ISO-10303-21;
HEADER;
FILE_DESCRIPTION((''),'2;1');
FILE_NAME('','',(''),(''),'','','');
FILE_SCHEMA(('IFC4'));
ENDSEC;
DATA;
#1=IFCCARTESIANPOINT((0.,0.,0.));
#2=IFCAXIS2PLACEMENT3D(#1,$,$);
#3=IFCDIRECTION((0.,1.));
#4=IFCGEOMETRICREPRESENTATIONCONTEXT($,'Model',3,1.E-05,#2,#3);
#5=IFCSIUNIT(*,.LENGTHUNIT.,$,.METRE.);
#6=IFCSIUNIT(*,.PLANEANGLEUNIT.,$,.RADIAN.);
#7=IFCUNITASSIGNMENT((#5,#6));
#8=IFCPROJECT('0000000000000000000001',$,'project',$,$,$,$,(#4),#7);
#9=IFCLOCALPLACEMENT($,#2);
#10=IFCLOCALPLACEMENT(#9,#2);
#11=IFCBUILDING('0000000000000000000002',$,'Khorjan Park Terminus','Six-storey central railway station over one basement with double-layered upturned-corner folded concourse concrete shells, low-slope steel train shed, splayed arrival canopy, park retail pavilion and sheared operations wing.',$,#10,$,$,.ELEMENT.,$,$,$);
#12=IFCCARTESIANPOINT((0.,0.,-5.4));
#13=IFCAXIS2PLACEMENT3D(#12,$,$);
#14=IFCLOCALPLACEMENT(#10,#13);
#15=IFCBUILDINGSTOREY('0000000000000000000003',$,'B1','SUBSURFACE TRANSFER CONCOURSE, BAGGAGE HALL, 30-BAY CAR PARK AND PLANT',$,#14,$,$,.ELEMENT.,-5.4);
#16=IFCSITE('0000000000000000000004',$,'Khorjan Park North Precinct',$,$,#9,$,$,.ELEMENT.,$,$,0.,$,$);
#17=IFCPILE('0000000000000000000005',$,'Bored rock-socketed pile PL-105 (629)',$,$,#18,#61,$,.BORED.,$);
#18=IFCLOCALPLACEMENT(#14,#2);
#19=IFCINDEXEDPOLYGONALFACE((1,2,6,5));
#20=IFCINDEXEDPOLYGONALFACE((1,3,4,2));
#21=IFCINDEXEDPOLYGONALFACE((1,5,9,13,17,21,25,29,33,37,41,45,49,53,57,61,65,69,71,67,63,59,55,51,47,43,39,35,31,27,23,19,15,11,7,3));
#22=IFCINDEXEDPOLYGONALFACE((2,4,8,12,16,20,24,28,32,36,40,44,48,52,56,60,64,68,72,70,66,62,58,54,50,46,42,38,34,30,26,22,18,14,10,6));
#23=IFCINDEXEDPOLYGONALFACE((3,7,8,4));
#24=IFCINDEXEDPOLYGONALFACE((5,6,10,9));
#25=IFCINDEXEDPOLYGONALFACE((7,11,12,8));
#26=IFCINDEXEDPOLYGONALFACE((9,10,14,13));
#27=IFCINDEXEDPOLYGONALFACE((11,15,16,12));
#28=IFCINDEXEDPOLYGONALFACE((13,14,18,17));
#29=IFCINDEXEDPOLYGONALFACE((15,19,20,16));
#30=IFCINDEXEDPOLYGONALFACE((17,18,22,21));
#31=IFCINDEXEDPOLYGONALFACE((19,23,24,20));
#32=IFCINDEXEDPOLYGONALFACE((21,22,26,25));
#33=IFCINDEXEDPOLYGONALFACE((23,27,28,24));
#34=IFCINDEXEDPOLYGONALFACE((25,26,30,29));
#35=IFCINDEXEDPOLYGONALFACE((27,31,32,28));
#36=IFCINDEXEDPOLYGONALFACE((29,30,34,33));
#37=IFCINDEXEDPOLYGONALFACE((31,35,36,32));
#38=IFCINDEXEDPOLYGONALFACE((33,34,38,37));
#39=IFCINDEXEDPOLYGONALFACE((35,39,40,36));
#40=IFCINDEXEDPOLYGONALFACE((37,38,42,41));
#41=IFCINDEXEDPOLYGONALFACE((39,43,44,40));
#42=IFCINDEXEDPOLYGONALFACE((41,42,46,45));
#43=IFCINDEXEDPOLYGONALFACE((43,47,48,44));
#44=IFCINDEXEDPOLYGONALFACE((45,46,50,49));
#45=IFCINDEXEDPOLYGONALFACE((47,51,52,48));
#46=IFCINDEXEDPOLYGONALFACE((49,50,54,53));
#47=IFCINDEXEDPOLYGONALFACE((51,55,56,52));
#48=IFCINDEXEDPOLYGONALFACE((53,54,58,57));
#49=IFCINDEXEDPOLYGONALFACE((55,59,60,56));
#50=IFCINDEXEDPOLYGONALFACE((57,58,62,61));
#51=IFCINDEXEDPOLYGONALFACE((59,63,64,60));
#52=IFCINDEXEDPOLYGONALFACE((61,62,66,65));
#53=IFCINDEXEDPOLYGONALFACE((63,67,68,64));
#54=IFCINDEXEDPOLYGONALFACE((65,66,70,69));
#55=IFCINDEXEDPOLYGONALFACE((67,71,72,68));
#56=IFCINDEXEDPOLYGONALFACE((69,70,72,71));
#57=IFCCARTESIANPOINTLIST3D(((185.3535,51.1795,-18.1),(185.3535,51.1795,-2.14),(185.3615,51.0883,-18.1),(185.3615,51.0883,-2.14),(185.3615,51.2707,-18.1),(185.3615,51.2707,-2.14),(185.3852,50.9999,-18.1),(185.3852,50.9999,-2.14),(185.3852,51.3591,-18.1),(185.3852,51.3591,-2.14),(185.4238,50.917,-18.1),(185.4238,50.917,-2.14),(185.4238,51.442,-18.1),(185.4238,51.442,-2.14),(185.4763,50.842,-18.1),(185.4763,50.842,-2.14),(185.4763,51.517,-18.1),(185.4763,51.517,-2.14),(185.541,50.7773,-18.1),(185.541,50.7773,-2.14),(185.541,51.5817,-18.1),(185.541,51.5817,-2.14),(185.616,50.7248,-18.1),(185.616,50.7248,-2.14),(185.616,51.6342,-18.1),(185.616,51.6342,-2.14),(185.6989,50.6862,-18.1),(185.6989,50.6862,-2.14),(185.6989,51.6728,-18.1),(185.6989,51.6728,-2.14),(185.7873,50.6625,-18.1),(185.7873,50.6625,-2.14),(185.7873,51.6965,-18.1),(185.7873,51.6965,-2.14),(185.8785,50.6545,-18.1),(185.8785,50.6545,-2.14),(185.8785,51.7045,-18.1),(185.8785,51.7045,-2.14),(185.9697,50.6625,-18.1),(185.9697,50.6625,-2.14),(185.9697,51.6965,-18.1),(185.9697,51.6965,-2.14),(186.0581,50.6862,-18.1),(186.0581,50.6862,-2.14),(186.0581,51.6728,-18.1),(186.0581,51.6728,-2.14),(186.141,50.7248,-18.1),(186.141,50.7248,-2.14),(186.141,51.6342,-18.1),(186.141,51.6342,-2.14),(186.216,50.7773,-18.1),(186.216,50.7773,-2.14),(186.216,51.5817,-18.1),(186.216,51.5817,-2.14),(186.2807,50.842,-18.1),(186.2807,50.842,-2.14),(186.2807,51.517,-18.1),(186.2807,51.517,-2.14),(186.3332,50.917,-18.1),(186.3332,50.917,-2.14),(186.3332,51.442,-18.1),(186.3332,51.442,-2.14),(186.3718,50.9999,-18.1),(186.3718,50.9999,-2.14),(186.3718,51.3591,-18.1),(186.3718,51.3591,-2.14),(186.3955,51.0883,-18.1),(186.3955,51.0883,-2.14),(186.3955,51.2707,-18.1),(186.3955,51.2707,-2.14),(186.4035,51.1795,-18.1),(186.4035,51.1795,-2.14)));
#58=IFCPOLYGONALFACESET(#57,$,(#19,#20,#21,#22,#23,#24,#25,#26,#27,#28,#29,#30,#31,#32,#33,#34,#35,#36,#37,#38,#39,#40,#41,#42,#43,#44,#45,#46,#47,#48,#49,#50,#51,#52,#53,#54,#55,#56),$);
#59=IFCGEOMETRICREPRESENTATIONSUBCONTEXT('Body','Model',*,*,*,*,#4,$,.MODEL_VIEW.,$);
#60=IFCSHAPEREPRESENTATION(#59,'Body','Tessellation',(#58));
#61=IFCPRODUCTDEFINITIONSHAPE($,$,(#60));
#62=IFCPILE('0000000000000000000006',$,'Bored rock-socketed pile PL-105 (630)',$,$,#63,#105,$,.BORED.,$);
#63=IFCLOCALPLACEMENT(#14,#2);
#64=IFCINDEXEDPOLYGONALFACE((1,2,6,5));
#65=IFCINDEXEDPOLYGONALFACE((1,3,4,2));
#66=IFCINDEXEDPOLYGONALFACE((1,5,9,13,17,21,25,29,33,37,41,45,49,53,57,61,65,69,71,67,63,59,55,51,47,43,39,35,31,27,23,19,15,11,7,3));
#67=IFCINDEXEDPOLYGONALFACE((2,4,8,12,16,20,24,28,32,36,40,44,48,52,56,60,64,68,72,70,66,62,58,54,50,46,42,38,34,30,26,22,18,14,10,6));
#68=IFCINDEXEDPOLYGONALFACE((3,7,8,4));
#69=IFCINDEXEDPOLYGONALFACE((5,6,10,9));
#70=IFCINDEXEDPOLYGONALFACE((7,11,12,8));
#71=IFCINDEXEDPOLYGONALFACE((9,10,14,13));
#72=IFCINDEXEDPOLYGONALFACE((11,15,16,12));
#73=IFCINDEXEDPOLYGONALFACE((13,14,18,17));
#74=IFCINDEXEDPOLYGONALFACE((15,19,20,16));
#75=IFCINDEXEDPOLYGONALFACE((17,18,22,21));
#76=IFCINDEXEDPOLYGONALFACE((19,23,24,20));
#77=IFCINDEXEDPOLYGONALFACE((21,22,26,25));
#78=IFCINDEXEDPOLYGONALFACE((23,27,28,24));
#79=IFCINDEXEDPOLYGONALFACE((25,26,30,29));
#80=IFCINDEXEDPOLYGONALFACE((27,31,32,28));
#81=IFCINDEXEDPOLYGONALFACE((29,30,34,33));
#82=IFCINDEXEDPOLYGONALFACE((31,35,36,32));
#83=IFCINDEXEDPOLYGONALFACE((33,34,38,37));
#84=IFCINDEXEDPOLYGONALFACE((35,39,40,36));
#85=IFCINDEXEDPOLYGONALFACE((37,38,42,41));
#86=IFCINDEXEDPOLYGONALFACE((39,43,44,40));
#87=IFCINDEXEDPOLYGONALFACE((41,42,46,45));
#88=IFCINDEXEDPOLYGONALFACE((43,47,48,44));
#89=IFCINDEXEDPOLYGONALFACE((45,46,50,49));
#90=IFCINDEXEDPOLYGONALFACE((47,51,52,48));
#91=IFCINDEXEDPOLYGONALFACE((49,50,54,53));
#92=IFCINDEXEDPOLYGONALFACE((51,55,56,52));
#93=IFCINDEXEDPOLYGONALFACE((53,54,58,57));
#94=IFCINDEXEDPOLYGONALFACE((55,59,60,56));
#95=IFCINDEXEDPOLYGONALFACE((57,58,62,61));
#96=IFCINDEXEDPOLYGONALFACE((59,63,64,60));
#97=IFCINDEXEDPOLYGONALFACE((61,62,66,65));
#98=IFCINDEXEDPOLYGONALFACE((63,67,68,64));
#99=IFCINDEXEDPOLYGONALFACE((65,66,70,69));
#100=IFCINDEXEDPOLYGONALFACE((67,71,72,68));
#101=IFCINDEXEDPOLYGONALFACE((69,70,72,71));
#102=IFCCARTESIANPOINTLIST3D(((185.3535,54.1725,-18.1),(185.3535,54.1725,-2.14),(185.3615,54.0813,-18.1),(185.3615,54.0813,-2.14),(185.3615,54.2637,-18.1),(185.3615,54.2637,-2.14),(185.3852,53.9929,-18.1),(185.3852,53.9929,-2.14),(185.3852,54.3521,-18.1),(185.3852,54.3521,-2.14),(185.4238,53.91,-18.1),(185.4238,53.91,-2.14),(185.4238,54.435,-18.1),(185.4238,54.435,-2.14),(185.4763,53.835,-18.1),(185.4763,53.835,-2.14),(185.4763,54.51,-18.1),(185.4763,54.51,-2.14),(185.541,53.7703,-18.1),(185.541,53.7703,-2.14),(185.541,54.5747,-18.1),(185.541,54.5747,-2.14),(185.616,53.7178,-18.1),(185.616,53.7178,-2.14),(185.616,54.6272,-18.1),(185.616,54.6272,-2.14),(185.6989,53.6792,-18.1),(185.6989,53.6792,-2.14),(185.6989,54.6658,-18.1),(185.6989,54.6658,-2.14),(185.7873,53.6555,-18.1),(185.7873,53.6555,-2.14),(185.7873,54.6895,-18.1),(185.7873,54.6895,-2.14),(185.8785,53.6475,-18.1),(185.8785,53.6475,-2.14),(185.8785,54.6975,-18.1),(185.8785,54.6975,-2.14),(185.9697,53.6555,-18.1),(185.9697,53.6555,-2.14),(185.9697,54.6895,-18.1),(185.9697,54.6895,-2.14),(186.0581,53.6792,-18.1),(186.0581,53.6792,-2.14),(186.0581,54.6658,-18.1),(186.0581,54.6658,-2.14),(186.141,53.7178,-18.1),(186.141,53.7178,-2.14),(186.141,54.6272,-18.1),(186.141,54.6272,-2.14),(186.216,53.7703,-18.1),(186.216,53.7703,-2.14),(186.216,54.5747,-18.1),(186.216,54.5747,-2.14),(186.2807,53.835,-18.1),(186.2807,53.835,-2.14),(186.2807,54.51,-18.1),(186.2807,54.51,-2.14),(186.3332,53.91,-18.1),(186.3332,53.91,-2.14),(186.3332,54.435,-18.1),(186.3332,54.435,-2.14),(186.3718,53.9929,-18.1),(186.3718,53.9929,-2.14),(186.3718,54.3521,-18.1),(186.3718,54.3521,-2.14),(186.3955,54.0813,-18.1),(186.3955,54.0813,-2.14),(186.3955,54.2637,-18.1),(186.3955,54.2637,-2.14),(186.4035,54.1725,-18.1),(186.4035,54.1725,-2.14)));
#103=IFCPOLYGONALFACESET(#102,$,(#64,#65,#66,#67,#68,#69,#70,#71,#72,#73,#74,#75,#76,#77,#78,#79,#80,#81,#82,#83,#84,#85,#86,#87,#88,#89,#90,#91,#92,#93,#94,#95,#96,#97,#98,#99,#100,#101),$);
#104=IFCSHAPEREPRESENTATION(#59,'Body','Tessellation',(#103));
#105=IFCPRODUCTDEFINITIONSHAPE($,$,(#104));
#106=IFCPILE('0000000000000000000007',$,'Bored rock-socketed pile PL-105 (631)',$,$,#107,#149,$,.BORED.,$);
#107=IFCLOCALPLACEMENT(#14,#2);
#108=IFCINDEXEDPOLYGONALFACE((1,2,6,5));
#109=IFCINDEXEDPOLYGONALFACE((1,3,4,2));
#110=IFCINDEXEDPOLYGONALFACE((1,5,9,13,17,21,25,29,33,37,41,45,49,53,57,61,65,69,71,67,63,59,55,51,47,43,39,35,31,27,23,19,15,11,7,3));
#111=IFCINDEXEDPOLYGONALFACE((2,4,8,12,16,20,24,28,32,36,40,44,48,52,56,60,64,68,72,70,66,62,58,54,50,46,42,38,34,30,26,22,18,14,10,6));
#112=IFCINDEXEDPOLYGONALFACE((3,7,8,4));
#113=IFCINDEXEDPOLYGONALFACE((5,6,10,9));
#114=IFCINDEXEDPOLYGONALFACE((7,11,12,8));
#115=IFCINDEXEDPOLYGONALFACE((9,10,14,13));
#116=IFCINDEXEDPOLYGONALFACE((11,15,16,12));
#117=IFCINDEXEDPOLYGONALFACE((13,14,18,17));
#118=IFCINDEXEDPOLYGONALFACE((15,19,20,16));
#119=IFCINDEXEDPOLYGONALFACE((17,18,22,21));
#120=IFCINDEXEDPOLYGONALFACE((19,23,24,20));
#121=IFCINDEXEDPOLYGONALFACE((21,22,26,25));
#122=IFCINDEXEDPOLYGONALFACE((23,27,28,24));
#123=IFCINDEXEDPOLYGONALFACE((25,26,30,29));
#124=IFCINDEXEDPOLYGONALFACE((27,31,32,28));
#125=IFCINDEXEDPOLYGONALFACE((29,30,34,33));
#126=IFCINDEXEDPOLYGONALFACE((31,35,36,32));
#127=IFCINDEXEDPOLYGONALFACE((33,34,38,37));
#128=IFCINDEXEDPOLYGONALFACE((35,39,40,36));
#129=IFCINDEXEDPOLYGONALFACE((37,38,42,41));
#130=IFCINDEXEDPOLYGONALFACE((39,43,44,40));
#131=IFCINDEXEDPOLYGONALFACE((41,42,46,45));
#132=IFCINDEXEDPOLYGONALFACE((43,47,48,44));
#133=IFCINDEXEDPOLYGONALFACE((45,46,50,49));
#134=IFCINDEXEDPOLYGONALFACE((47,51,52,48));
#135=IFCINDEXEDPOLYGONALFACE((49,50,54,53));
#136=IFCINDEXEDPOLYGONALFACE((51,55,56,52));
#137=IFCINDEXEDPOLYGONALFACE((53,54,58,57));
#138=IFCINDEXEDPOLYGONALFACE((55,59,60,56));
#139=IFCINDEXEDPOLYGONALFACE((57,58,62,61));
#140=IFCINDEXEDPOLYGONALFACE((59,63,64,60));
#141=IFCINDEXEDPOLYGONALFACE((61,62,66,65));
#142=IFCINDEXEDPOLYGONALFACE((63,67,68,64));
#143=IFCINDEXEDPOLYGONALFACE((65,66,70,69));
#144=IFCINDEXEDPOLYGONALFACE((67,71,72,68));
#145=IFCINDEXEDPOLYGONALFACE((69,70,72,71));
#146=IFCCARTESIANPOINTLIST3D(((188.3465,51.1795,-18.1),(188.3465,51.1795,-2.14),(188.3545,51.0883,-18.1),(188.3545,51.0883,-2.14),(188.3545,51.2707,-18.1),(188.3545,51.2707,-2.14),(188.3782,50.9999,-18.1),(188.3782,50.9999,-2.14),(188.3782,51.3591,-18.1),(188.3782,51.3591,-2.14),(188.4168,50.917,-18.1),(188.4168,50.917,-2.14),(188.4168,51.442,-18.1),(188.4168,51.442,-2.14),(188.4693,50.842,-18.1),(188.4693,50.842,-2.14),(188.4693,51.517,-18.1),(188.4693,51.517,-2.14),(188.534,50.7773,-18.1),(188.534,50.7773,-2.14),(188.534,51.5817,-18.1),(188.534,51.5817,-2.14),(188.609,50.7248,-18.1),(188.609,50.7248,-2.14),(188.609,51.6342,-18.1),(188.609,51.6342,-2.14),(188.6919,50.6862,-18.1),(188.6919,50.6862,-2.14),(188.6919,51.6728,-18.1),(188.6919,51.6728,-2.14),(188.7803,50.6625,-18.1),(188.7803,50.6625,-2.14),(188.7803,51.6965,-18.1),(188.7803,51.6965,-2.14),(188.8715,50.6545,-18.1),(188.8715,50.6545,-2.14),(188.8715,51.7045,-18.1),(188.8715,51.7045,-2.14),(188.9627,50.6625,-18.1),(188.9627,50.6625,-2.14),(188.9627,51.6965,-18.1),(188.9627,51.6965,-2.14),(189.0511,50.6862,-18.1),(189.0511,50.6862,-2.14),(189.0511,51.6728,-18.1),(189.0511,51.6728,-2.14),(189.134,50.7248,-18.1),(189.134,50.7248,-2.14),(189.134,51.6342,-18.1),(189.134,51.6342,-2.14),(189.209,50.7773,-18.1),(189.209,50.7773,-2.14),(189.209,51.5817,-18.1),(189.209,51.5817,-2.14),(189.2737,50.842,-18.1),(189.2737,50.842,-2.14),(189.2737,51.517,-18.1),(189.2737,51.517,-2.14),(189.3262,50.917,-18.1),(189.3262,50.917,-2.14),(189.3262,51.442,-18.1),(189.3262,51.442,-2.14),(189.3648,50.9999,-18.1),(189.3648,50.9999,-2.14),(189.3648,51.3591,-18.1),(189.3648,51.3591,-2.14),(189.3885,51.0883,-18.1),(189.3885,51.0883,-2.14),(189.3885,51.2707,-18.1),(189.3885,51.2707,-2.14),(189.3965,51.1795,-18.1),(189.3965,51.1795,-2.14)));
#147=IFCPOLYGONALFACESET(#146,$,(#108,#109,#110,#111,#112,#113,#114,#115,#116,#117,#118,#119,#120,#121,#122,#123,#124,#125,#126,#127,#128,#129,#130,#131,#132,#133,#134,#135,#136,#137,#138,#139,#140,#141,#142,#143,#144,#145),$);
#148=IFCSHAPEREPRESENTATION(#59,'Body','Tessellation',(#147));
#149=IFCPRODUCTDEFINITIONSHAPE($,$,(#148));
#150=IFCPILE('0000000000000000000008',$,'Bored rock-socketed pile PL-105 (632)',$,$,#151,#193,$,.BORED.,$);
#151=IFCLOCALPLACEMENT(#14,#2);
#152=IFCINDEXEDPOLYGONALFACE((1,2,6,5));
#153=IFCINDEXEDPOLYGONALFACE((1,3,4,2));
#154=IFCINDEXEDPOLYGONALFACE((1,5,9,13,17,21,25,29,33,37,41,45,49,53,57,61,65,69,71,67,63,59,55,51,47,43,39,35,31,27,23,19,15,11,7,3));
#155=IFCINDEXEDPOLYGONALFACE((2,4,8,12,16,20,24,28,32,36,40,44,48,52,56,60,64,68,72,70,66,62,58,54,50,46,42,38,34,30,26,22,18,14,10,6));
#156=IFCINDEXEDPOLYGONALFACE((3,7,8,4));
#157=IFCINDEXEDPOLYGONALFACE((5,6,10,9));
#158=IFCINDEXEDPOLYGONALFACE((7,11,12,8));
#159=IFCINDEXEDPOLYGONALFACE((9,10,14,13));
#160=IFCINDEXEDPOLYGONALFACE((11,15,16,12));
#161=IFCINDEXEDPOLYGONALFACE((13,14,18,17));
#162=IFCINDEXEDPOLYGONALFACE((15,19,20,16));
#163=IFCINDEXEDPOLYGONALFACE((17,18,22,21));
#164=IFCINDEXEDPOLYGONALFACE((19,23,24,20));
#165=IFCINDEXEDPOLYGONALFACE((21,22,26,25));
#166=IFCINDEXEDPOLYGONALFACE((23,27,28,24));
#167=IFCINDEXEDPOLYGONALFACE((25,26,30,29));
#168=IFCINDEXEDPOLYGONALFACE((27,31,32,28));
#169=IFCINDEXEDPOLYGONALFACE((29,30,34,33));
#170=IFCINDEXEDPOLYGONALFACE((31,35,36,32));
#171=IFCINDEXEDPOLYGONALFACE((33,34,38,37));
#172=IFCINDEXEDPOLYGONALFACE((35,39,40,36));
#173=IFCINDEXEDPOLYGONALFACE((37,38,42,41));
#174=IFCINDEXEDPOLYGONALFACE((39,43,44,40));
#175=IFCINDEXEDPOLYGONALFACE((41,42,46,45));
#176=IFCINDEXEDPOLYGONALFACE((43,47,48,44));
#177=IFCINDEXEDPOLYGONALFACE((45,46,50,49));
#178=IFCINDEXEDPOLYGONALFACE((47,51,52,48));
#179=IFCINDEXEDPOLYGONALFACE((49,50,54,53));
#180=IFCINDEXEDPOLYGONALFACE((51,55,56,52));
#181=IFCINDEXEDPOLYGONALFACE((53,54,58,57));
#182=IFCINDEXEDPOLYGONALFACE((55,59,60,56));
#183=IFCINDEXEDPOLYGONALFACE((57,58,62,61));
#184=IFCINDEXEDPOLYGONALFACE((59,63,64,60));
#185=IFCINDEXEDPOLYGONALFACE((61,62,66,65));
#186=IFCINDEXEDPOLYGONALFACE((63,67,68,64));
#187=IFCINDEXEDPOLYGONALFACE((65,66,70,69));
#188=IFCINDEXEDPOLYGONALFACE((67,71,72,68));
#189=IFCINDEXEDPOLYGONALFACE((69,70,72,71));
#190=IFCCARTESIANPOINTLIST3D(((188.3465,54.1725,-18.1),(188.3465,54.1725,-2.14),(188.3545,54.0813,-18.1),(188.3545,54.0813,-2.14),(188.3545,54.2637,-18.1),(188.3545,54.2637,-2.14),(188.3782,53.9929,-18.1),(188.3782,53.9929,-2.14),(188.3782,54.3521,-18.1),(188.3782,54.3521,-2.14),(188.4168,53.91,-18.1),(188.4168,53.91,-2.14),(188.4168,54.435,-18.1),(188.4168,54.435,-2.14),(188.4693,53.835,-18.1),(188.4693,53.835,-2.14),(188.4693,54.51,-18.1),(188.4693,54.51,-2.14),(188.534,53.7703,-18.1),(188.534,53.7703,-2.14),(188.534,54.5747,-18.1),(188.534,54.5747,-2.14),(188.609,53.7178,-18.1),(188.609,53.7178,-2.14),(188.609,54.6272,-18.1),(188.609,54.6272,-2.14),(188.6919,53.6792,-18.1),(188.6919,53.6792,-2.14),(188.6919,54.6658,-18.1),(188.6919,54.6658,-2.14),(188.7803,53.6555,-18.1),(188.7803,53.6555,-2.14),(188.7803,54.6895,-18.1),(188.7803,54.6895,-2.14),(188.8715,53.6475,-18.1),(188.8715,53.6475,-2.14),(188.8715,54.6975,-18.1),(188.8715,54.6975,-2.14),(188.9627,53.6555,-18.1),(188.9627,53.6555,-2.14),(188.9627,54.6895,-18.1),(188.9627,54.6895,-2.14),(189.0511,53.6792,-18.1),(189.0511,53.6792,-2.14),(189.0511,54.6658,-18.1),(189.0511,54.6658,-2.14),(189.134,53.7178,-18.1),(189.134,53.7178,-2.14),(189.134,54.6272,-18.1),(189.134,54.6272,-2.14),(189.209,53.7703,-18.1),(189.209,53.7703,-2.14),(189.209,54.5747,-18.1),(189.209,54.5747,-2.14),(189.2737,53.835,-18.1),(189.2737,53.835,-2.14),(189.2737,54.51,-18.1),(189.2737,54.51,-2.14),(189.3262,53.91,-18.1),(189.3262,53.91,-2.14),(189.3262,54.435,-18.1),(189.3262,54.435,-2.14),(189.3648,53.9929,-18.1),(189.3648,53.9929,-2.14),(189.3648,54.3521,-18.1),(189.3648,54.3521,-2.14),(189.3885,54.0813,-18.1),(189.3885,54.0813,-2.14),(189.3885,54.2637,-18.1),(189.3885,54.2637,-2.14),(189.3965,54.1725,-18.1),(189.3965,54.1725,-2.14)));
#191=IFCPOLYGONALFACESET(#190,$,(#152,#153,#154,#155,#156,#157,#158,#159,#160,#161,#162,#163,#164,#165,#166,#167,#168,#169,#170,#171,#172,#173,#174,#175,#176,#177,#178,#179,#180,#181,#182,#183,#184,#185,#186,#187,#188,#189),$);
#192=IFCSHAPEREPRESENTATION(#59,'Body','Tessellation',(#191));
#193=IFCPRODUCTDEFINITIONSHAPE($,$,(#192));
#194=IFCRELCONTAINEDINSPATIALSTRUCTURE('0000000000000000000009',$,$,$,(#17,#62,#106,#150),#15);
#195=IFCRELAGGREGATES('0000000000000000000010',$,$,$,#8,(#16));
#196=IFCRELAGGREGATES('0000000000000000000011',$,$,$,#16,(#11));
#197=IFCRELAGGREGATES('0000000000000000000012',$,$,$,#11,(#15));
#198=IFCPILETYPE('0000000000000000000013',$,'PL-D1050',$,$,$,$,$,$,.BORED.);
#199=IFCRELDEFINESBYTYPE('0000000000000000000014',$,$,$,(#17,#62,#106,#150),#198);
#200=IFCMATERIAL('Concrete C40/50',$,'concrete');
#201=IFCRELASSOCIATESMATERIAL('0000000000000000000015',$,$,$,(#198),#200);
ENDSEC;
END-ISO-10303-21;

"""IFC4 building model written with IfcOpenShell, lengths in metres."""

from ifc_helpers import new_model, si_unit, direction, frame, origin, origin_2d, place, context, subcontext, project, spatial, circle, extrude, material, material_profile, profile_set, type_object, element, save


model = new_model("IFC4")

# Units and contexts
model_context = context("Model", 3, precision=1e-05, world=origin(), true_north=direction((0.0, 1.0)))
body_context = subcontext(model_context, "Body", "Model", "MODEL_VIEW")
ifc_project = project(units=[si_unit("LENGTHUNIT", "METRE"), si_unit("PLANEANGLEUNIT", "RADIAN")], contexts=[model_context])

# Site, building, storey
site_placement = place(None, origin())
site = spatial("IfcSite", under=ifc_project, at=site_placement, Name="Khorjan Park North Precinct", CompositionType="ELEMENT", RefElevation=0.0)
building_placement = place(site_placement, origin())
building = spatial("IfcBuilding", under=site, at=building_placement, Name="Khorjan Park Terminus", Description="Six-storey central railway station over one basement with double-layered upturned-corner folded concourse concrete shells, low-slope steel train shed, splayed arrival canopy, park retail pavilion and sheared operations wing.", CompositionType="ELEMENT")
storey_placement = place(building_placement, frame((0.0, 0.0, -5.4)))
storey = spatial("IfcBuildingStorey", under=building, at=storey_placement, Name="B1", Description="SUBSURFACE TRANSFER CONCOURSE, BAGGAGE HALL, 30-BAY CAR PARK AND PLANT", CompositionType="ELEMENT", Elevation=-5.4)

# Shared definitions
ifc_material_1 = material(Name="Concrete C40/50", Category="concrete")

# Piles
ifc_material_profile_1 = material_profile(ifc_material_1, circle(Radius=0.525, at=origin_2d()), Name="BORED D1050")
ifc_profile_set_1 = profile_set([ifc_material_profile_1], Name="Concrete C40/50")
pile_type_1 = type_object("IfcPileType", Name="PL-D1050", PredefinedType="BORED", material=ifc_profile_set_1)
for number, where, z_axis, x_axis, name in (
    (1, (185.8785, 51.1795, -2.14), (0.0, 0.0, -1.0), (1.0, 0.0, 0.0), "Bored rock-socketed pile PL-105 (629)"),
    (2, (185.8785, 54.1725, -2.14), (0.0, 0.0, -1.0), (1.0, 0.0, 0.0), "Bored rock-socketed pile PL-105 (630)"),
    (3, (188.8715, 51.1795, -2.14), (0.0, 0.0, -1.0), (1.0, 0.0, 0.0), "Bored rock-socketed pile PL-105 (631)"),
    (4, (188.8715, 54.1725, -2.14), (0.0, 0.0, -1.0), (1.0, 0.0, 0.0), "Bored rock-socketed pile PL-105 (632)"),
):
    element("IfcPile", number, at=place(storey_placement, frame(where, z_axis=z_axis, x_axis=x_axis)), inside=storey, type_object=pile_type_1, Name=name, PredefinedType="BORED", context=body_context, shape_type="SweptSolid", body=[
        extrude(circle(Radius=0.525, at=origin_2d()), origin(), (0.0, 0.0, 1.0), 15.96),
    ])

save(model, "model.ifc")
